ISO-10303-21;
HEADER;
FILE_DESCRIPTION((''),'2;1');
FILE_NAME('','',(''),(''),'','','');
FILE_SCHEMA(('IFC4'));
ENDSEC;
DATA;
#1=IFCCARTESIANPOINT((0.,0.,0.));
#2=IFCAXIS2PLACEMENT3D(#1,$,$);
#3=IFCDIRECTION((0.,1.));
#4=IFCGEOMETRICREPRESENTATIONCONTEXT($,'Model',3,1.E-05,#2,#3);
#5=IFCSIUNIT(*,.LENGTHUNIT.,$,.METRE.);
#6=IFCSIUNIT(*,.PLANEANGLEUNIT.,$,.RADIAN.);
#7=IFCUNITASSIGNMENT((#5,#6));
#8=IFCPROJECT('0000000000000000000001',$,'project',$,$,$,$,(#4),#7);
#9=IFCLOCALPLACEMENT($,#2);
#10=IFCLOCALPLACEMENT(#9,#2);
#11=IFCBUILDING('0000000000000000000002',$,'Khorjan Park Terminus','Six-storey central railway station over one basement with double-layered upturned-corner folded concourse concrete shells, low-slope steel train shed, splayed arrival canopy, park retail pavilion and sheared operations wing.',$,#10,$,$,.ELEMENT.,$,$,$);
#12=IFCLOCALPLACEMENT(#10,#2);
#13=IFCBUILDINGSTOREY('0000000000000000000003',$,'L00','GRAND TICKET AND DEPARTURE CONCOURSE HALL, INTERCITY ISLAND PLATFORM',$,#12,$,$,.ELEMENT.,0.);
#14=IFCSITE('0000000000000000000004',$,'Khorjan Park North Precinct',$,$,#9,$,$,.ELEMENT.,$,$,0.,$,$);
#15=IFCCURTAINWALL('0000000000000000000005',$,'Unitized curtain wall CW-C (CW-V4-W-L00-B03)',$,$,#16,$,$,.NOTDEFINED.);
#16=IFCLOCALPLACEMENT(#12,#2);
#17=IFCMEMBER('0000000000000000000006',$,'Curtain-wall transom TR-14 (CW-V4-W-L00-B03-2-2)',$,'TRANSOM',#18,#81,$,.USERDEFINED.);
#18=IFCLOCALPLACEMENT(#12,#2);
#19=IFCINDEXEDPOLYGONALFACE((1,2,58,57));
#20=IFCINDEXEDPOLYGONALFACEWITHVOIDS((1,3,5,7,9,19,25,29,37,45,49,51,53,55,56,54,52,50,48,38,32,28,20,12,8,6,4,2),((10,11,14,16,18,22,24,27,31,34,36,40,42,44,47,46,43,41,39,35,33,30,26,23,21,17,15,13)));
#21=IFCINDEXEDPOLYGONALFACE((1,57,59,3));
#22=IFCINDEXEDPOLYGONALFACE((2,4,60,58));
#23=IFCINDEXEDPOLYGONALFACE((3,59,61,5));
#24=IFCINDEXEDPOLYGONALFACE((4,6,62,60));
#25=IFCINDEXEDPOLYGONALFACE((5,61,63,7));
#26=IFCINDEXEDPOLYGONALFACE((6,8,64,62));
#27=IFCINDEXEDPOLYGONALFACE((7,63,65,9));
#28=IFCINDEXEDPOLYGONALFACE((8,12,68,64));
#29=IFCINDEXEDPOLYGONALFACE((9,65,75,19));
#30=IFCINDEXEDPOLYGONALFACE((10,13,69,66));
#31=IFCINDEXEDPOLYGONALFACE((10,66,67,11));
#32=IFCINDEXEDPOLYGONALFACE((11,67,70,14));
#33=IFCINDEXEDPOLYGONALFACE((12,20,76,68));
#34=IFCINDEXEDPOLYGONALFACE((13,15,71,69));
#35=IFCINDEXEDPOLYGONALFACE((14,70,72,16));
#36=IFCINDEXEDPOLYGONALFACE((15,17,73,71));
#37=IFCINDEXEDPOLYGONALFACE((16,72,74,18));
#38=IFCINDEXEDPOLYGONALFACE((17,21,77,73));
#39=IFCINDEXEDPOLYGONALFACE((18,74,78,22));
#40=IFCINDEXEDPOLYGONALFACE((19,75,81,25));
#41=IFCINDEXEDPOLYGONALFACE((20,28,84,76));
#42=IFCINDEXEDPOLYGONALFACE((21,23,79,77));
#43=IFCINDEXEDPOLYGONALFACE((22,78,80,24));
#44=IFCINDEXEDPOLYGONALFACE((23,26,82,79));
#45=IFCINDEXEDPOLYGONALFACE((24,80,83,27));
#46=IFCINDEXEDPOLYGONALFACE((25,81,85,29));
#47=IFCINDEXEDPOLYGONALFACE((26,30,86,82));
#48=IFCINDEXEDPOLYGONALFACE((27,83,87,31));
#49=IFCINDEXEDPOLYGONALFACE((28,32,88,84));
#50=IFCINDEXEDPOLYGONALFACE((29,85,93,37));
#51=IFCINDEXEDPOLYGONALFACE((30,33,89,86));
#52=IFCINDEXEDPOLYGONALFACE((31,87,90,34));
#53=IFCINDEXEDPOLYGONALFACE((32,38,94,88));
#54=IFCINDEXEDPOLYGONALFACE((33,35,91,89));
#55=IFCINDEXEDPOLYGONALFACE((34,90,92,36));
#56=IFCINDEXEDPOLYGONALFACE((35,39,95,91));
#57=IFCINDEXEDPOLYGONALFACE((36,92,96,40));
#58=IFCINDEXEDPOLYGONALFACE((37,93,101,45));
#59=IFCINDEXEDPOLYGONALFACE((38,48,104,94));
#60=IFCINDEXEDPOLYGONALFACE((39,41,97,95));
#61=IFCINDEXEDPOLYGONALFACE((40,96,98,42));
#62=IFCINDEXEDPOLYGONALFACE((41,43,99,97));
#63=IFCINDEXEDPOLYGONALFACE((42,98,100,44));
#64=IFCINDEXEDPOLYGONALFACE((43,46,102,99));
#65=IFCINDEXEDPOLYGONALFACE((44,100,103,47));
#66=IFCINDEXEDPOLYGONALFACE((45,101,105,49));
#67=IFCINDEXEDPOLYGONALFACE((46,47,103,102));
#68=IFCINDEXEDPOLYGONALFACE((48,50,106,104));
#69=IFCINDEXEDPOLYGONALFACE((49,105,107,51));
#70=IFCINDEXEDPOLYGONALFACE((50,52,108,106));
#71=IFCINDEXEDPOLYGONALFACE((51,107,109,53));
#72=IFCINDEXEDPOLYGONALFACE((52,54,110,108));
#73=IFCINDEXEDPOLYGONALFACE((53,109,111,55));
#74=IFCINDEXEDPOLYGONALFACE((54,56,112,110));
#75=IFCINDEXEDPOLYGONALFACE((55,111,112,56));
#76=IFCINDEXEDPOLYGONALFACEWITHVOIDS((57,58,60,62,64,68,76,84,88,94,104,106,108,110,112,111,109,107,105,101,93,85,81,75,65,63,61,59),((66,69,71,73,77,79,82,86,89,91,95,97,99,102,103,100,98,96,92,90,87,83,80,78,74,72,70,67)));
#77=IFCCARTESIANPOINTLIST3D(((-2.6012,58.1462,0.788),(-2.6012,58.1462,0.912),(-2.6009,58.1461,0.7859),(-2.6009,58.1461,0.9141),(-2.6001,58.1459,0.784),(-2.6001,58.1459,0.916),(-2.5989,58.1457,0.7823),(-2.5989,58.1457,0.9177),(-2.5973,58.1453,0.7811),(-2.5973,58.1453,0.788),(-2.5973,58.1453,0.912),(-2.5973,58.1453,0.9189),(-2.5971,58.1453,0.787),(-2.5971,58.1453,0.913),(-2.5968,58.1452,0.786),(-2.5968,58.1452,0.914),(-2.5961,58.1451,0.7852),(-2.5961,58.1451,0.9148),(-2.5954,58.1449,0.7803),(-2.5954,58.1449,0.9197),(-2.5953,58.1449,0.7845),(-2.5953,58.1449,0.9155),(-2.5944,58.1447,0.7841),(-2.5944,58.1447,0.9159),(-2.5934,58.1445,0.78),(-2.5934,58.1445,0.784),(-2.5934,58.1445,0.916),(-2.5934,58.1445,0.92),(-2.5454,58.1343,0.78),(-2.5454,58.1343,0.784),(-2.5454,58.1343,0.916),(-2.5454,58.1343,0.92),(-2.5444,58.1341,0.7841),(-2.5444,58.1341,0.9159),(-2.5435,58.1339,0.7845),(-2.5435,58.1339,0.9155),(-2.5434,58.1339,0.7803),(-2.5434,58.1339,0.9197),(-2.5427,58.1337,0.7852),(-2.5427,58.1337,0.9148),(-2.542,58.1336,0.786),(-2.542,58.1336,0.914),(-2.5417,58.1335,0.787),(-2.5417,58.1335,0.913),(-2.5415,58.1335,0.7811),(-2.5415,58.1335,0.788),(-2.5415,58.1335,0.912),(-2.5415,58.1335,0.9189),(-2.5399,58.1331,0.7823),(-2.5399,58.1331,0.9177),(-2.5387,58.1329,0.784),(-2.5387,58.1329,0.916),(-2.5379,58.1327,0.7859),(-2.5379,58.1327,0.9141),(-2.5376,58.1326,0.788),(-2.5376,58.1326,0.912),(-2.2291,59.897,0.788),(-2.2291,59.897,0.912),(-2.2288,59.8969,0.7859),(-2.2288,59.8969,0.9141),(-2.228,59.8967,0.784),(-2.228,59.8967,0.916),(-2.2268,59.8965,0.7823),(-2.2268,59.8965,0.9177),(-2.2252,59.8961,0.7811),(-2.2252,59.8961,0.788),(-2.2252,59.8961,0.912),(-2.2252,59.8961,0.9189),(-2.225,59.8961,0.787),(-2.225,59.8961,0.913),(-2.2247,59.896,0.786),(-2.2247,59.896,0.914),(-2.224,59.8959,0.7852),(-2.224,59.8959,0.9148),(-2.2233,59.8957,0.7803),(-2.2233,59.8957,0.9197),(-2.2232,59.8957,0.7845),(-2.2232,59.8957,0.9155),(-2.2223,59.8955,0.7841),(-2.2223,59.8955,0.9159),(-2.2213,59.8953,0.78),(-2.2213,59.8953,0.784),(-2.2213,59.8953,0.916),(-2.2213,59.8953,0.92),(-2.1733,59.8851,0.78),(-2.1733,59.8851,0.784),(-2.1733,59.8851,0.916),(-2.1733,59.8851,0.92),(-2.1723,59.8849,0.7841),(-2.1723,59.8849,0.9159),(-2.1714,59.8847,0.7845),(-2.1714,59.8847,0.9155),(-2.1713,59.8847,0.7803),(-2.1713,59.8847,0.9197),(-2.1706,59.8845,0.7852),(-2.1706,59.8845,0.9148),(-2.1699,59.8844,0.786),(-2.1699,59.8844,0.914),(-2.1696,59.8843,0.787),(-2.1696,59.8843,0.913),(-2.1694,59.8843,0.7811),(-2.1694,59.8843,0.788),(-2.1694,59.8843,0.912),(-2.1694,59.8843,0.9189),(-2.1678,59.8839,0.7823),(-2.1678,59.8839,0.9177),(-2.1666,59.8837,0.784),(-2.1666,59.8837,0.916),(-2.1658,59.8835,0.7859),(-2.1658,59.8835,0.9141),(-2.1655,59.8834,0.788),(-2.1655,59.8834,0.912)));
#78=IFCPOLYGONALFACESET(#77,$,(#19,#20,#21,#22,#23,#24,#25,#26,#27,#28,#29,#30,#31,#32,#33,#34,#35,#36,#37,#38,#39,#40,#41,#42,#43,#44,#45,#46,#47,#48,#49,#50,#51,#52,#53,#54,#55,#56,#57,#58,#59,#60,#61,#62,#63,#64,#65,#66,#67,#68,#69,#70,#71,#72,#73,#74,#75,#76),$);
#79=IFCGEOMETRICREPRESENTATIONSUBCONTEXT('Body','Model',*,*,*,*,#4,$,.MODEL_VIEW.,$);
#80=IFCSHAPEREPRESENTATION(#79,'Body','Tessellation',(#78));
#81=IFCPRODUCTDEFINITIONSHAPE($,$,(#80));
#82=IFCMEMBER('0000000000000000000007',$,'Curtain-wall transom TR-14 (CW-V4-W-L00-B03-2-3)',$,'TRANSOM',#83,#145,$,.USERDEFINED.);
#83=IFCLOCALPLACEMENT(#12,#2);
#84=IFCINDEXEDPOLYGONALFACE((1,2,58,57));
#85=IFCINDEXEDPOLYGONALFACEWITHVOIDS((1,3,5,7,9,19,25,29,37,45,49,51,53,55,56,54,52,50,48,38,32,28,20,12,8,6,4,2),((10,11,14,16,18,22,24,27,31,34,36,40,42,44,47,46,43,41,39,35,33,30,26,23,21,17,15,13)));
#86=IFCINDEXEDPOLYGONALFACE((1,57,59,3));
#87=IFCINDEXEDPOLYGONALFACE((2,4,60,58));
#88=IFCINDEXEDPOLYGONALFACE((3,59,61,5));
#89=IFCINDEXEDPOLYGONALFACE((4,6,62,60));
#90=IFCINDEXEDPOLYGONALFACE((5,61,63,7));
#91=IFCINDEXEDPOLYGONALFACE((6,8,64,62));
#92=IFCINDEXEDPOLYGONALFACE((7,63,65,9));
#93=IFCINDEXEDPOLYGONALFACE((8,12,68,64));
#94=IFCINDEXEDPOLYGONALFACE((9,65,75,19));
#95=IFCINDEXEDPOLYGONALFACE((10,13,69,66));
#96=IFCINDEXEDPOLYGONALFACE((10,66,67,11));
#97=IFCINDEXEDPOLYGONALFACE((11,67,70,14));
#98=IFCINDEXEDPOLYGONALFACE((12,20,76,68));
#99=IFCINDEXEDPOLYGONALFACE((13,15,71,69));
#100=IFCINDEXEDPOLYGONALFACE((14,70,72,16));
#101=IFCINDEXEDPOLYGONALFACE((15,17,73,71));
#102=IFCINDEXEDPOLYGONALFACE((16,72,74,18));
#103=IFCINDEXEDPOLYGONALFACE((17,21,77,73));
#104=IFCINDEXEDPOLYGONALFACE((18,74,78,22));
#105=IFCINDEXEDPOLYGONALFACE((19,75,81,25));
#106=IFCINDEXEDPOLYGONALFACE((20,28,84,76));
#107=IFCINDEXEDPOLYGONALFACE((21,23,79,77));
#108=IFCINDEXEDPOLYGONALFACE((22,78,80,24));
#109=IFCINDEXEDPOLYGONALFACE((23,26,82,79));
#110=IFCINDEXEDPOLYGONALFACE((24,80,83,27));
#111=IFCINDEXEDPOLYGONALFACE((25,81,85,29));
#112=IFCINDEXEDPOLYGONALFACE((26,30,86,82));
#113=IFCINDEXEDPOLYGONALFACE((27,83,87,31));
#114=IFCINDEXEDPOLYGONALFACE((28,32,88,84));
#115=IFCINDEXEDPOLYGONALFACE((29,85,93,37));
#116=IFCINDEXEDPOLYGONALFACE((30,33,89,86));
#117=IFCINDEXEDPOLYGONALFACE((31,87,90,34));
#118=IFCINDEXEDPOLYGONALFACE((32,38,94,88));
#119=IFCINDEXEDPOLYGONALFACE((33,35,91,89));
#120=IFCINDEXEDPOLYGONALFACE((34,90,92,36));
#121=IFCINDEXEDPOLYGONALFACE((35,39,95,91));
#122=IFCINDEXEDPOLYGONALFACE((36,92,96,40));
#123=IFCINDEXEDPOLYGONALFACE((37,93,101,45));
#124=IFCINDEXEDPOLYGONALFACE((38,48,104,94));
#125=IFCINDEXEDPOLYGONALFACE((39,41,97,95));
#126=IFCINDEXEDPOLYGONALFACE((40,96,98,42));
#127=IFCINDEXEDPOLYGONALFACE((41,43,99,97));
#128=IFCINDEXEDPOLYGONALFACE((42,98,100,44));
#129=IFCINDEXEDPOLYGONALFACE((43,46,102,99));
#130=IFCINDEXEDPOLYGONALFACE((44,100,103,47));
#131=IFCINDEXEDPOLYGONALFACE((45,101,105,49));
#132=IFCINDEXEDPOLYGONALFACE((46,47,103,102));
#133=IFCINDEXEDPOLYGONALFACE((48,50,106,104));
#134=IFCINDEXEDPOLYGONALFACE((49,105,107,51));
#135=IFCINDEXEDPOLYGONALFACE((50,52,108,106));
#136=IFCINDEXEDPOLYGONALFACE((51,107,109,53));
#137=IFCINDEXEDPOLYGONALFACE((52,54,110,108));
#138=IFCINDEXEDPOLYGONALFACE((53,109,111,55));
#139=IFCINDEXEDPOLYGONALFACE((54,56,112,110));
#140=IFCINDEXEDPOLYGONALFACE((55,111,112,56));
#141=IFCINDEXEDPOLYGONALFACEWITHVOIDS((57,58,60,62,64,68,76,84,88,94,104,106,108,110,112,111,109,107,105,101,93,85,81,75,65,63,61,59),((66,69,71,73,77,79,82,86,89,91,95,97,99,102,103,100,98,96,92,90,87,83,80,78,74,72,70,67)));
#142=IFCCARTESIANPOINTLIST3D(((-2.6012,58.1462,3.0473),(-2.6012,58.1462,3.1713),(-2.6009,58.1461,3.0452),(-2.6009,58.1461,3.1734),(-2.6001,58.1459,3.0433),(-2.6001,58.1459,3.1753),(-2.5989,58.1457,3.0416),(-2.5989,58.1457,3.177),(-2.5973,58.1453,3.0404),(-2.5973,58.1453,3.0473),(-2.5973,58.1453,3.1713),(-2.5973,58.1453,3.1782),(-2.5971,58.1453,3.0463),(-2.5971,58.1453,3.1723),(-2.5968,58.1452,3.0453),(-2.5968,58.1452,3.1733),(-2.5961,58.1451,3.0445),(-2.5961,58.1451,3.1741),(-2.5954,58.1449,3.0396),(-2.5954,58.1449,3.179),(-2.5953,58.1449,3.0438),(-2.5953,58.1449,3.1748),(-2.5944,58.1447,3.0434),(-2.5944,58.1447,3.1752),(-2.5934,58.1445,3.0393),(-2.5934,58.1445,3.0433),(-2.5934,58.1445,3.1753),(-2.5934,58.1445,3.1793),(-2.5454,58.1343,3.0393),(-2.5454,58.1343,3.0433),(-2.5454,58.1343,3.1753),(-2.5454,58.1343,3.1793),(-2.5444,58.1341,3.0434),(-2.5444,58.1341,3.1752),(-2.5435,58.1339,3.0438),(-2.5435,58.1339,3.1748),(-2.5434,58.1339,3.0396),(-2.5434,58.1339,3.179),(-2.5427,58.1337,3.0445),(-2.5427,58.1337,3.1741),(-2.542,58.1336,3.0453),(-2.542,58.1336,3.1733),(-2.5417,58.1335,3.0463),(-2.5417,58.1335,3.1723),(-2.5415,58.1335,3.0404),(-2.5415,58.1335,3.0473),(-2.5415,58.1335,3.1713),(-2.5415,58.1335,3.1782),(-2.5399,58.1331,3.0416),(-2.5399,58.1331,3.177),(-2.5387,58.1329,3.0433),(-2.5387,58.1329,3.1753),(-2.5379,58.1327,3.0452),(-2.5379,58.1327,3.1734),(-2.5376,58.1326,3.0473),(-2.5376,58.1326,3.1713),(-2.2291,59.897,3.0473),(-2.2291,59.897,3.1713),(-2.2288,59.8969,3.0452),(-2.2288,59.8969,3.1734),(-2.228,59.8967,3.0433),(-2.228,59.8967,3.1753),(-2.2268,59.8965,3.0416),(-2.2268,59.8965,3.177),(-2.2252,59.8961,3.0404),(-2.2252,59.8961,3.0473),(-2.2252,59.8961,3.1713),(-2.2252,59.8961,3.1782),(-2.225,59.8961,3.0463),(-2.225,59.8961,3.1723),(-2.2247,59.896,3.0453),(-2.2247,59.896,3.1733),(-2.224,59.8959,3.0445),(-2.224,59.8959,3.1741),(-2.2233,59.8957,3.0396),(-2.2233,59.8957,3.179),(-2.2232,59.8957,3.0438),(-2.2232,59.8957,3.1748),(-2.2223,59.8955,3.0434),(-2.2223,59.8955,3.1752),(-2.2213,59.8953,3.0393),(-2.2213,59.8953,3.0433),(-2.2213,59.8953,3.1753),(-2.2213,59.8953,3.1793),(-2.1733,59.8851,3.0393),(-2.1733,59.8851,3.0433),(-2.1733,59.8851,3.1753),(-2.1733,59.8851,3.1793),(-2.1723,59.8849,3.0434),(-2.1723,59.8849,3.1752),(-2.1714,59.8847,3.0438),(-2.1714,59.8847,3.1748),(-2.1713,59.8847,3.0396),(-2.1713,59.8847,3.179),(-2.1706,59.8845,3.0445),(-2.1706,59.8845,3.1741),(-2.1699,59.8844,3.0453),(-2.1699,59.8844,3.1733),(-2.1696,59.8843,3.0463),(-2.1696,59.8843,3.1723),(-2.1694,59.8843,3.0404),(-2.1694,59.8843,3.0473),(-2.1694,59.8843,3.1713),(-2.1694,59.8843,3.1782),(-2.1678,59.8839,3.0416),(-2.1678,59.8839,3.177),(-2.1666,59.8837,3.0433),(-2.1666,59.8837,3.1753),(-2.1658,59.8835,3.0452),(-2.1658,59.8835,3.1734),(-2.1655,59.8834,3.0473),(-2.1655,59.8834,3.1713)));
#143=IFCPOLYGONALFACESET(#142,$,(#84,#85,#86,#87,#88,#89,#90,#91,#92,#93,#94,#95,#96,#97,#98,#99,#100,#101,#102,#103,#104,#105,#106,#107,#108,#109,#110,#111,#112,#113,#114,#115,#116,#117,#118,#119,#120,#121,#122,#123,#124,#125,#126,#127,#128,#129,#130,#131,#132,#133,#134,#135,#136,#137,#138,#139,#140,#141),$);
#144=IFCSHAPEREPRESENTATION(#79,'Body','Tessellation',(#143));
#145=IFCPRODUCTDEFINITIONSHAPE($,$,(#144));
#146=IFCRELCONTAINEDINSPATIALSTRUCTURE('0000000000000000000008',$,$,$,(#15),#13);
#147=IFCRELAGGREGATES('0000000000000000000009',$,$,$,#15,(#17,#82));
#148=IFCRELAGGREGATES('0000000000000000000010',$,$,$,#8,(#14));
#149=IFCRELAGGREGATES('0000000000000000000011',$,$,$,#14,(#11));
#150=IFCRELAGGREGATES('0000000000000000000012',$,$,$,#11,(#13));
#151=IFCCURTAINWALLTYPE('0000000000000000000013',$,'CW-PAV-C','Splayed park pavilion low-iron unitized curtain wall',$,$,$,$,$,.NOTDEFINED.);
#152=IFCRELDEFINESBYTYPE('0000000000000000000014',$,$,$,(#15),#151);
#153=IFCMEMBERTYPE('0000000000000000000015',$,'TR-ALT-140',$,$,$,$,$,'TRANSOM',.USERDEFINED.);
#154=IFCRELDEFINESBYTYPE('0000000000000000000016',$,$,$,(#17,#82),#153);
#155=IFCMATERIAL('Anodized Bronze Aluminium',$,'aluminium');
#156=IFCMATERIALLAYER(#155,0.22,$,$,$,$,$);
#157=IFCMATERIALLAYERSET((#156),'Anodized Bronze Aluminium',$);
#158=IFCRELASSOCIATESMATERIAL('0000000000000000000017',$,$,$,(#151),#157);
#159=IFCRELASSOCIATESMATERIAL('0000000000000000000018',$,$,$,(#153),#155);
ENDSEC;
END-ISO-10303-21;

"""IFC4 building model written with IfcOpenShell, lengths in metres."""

from ifc_helpers import new_model, si_unit, direction, frame, origin, origin_2d, place, context, subcontext, project, spatial, hollow_rectangle, extrude, material, layer, layer_set, material_profile, profile_set, type_object, element, aggregate, save


model = new_model("IFC4")

# Units and contexts
model_context = context("Model", 3, precision=1e-05, world=origin(), true_north=direction((0.0, 1.0)))
body_context = subcontext(model_context, "Body", "Model", "MODEL_VIEW")
ifc_project = project(units=[si_unit("LENGTHUNIT", "METRE"), si_unit("PLANEANGLEUNIT", "RADIAN")], contexts=[model_context])

# Site, building, storey
site_placement = place(None, origin())
site = spatial("IfcSite", under=ifc_project, at=site_placement, Name="Khorjan Park North Precinct", CompositionType="ELEMENT", RefElevation=0.0)
building_placement = place(site_placement, origin())
building = spatial("IfcBuilding", under=site, at=building_placement, Name="Khorjan Park Terminus", Description="Six-storey central railway station over one basement with double-layered upturned-corner folded concourse concrete shells, low-slope steel train shed, splayed arrival canopy, park retail pavilion and sheared operations wing.", CompositionType="ELEMENT")
storey_placement = place(building_placement, origin())
storey = spatial("IfcBuildingStorey", under=building, at=storey_placement, Name="L00", Description="GRAND TICKET AND DEPARTURE CONCOURSE HALL, INTERCITY ISLAND PLATFORM", CompositionType="ELEMENT", Elevation=0.0)

# Curtain wall, members
ifc_material_1 = material(Name="Anodized Bronze Aluminium", Category="aluminium")
ifc_layer_1 = layer(ifc_material_1, 0.22)
ifc_layer_set_1 = layer_set([ifc_layer_1], Name="Anodized Bronze Aluminium")
curtain_wall_type = type_object("IfcCurtainWallType", Name="CW-PAV-C", Description="Splayed park pavilion low-iron unitized curtain wall", PredefinedType="NOTDEFINED", material=ifc_layer_set_1)
curtain_wall_placement = place(storey_placement, origin())
curtain_wall = element("IfcCurtainWall", 1, at=curtain_wall_placement, inside=storey, type_object=curtain_wall_type, Name="Unitized curtain wall CW-C (CW-V4-W-L00-B03)", PredefinedType="NOTDEFINED")
ifc_material_profile_1 = material_profile(ifc_material_1, hollow_rectangle(XDim=0.065, YDim=0.14, WallThickness=0.004, InnerFilletRadius=0.004, OuterFilletRadius=0.008, at=origin_2d()), Name="ALT 65x140x4")
ifc_profile_set_1 = profile_set([ifc_material_profile_1], Name="Anodized Bronze Aluminium")
member_type_1 = type_object("IfcMemberType", Name="TR-ALT-140", ElementType="TRANSOM", PredefinedType="USERDEFINED", material=ifc_profile_set_1)
member_1_placement = place(storey_placement, frame((-2.1973, 59.8902, 0.85), z_axis=(-0.207888, -0.978153, 0.0), x_axis=(0.978153, -0.207888, 0.0)))
member_1 = element("IfcMember", 2, at=member_1_placement, type_object=member_type_1, Name="Curtain-wall transom TR-14 (CW-V4-W-L00-B03-2-2)", ObjectType="TRANSOM", PredefinedType="USERDEFINED", context=body_context, shape_type="SweptSolid", body=[
    extrude(hollow_rectangle(XDim=0.065, YDim=0.14, WallThickness=0.004, InnerFilletRadius=0.004, OuterFilletRadius=0.008, at=origin_2d()), origin(), (0.0, 0.0, 1.0), 1.7899),
])
member_2_placement = place(storey_placement, frame((-2.1973, 59.8902, 3.1093), z_axis=(-0.207888, -0.978153, 0.0), x_axis=(0.978153, -0.207888, 0.0)))
member_2 = element("IfcMember", 3, at=member_2_placement, type_object=member_type_1, Name="Curtain-wall transom TR-14 (CW-V4-W-L00-B03-2-3)", ObjectType="TRANSOM", PredefinedType="USERDEFINED", context=body_context, shape_type="SweptSolid", body=[
    extrude(hollow_rectangle(XDim=0.065, YDim=0.14, WallThickness=0.004, InnerFilletRadius=0.004, OuterFilletRadius=0.008, at=origin_2d()), origin(), (0.0, 0.0, 1.0), 1.7899),
])
aggregate(curtain_wall, [member_1, member_2])

save(model, "model.ifc")
